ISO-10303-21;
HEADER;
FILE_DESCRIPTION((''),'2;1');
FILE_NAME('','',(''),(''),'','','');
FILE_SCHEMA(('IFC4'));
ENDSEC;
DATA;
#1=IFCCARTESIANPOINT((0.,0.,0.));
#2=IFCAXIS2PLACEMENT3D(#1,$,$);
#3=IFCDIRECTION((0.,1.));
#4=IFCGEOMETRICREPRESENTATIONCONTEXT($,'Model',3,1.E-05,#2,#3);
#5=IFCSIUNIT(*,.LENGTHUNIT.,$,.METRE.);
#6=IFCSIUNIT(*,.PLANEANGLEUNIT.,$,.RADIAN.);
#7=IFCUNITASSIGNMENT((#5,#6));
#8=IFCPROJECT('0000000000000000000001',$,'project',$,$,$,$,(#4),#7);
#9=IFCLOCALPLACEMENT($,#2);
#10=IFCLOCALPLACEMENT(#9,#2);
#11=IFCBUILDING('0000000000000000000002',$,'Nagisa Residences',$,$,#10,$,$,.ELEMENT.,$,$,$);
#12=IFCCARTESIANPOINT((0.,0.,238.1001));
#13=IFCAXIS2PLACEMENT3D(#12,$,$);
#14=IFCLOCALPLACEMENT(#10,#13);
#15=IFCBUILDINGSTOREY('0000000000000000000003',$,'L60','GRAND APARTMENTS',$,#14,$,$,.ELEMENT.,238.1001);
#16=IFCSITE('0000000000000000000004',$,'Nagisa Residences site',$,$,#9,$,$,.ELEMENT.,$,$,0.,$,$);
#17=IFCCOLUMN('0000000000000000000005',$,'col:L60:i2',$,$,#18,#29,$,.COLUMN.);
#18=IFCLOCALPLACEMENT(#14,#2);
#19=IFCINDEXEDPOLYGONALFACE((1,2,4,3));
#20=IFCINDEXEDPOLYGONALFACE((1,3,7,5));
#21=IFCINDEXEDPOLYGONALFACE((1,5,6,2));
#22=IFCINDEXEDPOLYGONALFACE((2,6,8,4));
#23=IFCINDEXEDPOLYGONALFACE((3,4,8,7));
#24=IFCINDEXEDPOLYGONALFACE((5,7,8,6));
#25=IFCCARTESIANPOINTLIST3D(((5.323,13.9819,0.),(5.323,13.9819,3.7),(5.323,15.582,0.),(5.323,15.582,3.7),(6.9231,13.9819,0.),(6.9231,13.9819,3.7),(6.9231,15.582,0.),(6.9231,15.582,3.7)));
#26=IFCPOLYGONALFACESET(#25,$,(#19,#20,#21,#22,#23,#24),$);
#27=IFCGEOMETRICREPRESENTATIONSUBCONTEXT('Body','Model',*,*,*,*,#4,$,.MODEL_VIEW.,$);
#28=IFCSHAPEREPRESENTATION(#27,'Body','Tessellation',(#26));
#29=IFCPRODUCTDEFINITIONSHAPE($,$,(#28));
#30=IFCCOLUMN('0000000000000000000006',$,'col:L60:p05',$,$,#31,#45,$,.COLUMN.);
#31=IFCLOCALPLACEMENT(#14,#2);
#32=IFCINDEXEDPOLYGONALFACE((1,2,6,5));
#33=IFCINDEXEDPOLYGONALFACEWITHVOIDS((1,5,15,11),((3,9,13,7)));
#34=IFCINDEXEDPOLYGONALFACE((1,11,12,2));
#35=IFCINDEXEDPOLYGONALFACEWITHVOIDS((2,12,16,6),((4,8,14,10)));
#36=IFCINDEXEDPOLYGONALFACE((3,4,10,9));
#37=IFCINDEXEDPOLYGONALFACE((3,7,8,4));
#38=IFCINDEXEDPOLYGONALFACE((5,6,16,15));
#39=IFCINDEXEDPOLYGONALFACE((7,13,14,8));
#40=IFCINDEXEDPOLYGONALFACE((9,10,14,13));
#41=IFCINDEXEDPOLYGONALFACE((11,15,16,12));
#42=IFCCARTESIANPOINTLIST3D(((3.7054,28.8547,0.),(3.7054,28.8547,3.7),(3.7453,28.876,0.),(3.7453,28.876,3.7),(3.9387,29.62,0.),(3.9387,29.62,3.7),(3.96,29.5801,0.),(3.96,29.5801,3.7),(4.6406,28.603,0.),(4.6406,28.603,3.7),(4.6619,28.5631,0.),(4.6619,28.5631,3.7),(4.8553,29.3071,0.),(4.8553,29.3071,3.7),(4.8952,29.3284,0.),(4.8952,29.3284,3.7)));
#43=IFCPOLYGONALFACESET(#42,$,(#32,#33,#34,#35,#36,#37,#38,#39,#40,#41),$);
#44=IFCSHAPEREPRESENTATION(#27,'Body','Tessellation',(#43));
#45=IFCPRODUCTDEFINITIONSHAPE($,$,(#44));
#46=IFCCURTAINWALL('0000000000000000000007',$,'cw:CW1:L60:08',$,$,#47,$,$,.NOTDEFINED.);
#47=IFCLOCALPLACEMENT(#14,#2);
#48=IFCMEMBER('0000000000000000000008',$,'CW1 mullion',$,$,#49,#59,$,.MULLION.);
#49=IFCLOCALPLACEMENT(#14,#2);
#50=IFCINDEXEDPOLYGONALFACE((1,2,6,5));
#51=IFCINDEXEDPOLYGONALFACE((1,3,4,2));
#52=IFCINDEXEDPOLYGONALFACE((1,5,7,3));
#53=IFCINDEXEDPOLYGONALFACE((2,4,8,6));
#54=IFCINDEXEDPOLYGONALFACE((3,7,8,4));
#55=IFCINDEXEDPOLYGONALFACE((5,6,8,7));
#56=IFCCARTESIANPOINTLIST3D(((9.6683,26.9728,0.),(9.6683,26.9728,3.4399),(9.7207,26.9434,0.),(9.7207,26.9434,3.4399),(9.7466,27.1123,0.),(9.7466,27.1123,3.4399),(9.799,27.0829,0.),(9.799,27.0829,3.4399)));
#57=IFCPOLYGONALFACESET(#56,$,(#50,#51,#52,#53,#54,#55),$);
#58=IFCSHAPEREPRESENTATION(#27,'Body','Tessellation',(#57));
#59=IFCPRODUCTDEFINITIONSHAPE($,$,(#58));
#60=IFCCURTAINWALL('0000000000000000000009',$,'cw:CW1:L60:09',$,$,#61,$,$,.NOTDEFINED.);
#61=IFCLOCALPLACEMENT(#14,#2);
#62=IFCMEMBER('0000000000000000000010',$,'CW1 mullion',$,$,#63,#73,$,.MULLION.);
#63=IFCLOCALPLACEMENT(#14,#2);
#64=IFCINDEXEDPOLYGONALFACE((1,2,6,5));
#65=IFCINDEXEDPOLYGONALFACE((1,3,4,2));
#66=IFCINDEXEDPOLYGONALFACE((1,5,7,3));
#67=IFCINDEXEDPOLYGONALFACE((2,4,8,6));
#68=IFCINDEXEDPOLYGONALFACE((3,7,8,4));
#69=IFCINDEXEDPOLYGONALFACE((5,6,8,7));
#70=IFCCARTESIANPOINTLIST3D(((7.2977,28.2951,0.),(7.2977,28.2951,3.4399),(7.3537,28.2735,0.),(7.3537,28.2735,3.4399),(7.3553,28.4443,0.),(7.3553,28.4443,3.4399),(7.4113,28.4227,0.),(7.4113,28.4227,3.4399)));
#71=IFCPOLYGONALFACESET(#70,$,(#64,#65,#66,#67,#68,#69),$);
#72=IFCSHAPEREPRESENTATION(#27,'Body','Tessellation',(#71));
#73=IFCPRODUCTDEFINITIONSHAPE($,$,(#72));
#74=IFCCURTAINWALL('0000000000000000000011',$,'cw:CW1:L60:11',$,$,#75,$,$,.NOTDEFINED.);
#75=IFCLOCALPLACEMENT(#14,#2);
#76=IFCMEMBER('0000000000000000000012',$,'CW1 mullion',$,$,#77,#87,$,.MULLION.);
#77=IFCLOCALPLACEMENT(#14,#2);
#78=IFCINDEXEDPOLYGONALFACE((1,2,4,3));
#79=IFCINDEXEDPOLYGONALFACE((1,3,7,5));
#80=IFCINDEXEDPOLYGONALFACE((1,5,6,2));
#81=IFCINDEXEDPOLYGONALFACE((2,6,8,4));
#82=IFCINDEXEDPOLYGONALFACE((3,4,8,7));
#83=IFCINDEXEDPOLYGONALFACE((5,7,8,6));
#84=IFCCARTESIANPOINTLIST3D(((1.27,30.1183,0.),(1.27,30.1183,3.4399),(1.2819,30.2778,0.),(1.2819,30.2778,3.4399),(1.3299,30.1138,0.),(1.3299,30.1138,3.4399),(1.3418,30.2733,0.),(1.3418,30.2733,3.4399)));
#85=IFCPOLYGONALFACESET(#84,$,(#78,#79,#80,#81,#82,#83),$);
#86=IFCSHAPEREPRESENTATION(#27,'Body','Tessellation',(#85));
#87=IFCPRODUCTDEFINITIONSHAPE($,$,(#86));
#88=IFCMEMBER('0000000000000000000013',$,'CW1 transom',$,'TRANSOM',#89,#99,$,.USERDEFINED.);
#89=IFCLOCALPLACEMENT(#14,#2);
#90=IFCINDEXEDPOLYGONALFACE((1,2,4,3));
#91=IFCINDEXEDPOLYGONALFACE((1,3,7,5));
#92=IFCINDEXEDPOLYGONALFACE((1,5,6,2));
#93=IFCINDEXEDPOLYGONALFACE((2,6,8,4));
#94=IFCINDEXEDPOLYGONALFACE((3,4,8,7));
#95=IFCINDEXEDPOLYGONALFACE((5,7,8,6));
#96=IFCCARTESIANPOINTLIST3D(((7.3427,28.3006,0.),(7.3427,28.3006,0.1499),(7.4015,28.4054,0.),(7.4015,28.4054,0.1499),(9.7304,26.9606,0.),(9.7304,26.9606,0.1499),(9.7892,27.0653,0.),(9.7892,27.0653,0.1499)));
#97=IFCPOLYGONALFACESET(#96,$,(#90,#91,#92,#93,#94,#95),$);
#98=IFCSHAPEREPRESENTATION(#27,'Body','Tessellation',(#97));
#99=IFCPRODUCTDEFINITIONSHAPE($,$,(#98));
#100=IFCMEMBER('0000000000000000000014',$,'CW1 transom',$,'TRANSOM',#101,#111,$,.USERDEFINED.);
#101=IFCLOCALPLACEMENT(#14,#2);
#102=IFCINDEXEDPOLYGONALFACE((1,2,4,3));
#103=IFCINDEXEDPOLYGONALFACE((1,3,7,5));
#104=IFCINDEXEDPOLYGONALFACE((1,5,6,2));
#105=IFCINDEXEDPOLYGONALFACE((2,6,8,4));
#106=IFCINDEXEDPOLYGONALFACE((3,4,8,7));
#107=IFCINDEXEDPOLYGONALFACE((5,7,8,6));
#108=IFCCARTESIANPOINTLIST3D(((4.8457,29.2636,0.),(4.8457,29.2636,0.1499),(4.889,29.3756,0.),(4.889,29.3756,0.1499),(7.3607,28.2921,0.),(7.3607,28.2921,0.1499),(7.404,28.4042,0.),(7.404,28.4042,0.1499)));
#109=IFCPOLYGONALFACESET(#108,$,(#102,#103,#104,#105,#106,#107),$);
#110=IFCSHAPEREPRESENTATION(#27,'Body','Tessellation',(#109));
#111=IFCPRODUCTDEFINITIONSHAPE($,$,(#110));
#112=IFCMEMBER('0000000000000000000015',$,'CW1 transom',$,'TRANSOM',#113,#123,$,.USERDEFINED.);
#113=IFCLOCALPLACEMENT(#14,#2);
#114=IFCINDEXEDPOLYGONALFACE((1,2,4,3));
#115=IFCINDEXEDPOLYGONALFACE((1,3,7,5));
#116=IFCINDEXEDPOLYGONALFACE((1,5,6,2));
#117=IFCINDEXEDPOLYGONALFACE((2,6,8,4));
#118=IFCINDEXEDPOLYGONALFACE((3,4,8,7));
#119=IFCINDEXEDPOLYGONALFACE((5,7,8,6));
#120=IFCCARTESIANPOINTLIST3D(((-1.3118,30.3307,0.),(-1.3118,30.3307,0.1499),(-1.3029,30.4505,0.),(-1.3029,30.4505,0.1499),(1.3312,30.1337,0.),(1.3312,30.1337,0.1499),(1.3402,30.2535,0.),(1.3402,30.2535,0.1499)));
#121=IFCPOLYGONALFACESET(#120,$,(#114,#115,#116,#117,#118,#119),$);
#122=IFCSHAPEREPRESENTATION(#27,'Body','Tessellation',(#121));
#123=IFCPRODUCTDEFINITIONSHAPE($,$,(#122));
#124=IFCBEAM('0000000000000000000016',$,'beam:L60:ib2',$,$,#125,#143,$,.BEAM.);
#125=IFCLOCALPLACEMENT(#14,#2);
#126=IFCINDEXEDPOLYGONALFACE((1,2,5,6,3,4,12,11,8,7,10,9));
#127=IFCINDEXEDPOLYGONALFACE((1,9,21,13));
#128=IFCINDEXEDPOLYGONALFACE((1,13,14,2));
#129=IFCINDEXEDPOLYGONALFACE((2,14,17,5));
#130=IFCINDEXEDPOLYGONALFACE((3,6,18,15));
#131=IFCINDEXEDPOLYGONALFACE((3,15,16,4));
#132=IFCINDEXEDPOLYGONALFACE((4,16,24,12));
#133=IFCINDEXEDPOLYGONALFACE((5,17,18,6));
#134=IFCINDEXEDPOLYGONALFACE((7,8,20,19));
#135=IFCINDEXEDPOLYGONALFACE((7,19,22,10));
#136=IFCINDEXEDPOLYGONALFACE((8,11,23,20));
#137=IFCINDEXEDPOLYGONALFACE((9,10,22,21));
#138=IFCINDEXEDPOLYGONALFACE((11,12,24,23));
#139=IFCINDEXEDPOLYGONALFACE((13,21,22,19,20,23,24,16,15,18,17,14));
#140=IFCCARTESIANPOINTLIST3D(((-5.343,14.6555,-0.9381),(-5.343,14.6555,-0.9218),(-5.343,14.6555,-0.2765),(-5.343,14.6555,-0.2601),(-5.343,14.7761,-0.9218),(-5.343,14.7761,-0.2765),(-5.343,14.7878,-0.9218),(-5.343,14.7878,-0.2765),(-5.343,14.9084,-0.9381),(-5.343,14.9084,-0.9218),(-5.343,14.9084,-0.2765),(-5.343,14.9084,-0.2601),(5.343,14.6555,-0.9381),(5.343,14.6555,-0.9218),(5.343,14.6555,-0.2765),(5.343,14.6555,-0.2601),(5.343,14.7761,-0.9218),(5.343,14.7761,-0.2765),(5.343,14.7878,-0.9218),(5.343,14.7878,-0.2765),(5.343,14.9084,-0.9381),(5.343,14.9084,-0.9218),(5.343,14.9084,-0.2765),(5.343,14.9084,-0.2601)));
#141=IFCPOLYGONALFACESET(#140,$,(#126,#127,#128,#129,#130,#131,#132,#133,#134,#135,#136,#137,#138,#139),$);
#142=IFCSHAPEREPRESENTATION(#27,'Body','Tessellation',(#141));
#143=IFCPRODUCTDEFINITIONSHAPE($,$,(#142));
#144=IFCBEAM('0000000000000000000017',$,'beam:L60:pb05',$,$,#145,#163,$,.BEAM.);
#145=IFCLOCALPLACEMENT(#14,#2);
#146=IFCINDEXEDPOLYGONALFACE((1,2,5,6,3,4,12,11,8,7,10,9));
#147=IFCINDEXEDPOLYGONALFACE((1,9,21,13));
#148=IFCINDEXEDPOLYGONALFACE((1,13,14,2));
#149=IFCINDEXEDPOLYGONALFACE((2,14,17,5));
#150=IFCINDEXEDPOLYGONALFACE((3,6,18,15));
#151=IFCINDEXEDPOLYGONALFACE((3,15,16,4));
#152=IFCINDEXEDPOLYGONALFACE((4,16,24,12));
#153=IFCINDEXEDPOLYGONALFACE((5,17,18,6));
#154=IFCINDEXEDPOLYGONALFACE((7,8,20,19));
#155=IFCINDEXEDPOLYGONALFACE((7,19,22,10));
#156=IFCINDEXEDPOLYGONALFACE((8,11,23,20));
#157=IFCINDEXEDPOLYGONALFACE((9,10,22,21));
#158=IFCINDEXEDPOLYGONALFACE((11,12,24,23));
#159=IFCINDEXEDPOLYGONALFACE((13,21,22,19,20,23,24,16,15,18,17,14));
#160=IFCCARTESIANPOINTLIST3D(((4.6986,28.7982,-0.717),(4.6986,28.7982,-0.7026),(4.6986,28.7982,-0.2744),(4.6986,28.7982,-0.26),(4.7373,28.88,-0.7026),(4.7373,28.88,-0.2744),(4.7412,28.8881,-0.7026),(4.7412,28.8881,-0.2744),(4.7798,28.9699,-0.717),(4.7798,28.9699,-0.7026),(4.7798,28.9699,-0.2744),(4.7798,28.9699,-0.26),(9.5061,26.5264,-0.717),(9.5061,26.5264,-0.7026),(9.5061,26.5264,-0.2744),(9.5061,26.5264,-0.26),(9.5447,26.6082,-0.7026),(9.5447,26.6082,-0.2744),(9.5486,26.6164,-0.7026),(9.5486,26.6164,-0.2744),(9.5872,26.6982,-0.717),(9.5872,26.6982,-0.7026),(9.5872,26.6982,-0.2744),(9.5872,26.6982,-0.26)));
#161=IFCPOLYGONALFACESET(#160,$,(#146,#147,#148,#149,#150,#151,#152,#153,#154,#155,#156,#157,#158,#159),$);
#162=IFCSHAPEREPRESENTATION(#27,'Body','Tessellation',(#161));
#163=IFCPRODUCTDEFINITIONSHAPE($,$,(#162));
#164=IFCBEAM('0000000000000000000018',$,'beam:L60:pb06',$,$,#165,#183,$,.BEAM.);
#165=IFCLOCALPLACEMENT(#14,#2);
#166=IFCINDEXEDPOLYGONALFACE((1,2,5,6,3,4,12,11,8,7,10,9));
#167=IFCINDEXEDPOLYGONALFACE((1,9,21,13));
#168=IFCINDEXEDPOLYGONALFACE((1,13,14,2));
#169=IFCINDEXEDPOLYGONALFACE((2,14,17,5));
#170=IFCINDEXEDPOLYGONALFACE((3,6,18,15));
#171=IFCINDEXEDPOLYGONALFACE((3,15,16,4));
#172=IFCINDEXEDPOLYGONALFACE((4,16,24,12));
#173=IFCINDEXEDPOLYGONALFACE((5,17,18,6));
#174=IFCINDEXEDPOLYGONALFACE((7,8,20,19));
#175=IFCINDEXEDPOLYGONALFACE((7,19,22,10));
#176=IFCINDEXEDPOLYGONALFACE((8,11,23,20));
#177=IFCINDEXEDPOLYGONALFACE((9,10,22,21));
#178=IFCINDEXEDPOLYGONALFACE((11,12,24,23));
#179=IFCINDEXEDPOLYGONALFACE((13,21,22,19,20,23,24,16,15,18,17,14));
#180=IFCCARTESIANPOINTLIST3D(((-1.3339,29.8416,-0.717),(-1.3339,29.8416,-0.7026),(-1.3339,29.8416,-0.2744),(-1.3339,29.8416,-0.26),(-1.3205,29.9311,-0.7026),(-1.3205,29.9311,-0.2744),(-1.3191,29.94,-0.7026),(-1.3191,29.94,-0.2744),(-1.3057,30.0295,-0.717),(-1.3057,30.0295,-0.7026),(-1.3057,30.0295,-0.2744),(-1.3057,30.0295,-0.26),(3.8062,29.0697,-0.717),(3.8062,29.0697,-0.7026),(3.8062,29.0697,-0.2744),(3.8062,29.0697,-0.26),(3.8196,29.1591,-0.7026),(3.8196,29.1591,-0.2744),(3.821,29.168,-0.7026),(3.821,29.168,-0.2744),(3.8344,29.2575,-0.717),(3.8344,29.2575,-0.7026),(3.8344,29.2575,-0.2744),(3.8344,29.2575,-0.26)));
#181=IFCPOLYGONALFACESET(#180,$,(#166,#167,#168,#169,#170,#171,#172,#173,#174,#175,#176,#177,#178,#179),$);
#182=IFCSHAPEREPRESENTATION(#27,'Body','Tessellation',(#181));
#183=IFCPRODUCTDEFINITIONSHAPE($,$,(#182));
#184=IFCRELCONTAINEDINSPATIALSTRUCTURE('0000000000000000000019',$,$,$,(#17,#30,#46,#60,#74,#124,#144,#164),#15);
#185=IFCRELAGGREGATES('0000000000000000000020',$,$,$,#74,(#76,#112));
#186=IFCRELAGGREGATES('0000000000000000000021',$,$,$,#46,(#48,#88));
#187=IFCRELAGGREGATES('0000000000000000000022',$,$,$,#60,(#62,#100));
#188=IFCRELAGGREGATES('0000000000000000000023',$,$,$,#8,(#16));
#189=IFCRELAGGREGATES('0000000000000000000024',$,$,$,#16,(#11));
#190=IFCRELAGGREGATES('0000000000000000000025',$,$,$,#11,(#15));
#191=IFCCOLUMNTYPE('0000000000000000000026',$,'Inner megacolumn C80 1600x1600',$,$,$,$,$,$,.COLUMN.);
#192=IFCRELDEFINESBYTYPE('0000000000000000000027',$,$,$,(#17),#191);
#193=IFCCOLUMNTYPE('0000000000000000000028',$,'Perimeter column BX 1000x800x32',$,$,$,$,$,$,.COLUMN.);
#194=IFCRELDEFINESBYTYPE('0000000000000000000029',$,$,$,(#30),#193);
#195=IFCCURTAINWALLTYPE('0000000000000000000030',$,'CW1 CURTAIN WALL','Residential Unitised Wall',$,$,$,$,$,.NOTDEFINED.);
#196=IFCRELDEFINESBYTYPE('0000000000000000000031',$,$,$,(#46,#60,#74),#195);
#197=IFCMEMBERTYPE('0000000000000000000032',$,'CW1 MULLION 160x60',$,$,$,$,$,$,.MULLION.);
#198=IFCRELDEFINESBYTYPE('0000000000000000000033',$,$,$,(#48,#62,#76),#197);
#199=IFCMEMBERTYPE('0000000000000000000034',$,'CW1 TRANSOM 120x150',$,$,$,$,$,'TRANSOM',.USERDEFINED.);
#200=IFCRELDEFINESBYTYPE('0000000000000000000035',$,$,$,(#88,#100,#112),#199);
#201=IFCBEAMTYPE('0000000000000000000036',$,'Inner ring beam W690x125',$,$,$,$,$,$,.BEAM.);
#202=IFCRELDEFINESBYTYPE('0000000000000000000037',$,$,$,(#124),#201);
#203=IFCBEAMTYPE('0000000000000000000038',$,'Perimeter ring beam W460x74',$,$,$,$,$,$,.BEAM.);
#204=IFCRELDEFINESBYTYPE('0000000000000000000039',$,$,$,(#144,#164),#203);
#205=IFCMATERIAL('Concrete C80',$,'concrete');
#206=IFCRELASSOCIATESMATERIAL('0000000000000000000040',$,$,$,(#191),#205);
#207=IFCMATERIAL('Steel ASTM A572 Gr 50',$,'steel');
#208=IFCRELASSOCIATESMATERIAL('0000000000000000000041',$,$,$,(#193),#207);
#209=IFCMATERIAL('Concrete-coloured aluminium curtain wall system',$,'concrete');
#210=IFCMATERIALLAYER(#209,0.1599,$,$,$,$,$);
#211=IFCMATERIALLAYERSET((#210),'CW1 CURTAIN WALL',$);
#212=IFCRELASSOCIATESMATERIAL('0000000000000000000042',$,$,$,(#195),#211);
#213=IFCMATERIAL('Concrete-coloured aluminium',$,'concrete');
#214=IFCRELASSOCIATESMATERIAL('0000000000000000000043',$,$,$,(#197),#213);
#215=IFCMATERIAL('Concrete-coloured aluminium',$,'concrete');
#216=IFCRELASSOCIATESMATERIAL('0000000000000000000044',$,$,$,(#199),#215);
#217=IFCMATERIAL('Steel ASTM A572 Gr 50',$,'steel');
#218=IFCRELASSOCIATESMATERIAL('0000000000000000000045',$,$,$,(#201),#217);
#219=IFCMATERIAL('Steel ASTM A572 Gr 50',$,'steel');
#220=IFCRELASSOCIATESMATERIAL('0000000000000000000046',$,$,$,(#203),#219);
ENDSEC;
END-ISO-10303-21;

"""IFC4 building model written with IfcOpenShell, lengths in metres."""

from ifc_helpers import new_model, si_unit, direction, frame, origin, origin_2d, place, context, subcontext, project, spatial, rectangle, hollow_rectangle, i_section, extrude, material, layer, layer_set, material_profile, profile_set, type_object, element, aggregate, save


model = new_model("IFC4")

# Units and contexts
model_context = context("Model", 3, precision=1e-05, world=origin(), true_north=direction((0.0, 1.0)))
body_context = subcontext(model_context, "Body", "Model", "MODEL_VIEW")
ifc_project = project(units=[si_unit("LENGTHUNIT", "METRE"), si_unit("PLANEANGLEUNIT", "RADIAN")], contexts=[model_context])

# Site, building, storey
site_placement = place(None, origin())
site = spatial("IfcSite", under=ifc_project, at=site_placement, Name="Nagisa Residences site", CompositionType="ELEMENT", RefElevation=0.0)
building_placement = place(site_placement, origin())
building = spatial("IfcBuilding", under=site, at=building_placement, Name="Nagisa Residences", CompositionType="ELEMENT")
storey_placement = place(building_placement, frame((0.0, 0.0, 238.1001)))
storey = spatial("IfcBuildingStorey", under=building, at=storey_placement, Name="L60", Description="GRAND APARTMENTS", CompositionType="ELEMENT", Elevation=238.1001)

# Columns
ifc_material_1 = material(Name="Concrete C80", Category="concrete")
ifc_material_profile_1 = material_profile(ifc_material_1, rectangle(XDim=1.6001, YDim=1.6001, at=origin_2d()), Name="C80 1600x1600")
ifc_profile_set_1 = profile_set([ifc_material_profile_1], Name="Concrete C80")
column_type_1 = type_object("IfcColumnType", Name="Inner megacolumn C80 1600x1600", PredefinedType="COLUMN", material=ifc_profile_set_1)
column_1_placement = place(storey_placement, frame((6.123, 14.782, 0.0), z_axis=(0.0, 0.0, 1.0), x_axis=(1.0, 0.0, 0.0)))
element("IfcColumn", 1, at=column_1_placement, inside=storey, type_object=column_type_1, Name="col:L60:i2", PredefinedType="COLUMN", context=body_context, shape_type="SweptSolid", body=[
    extrude(rectangle(XDim=1.6001, YDim=1.6001, at=origin_2d()), origin(), (0.0, 0.0, 1.0), 3.7),
])
ifc_material_2 = material(Name="Steel ASTM A572 Gr 50", Category="steel")
ifc_material_profile_2 = material_profile(ifc_material_2, hollow_rectangle(XDim=1.0, YDim=0.8, WallThickness=0.032, at=origin_2d()), Name="BX 1000x800x32")
ifc_profile_set_2 = profile_set([ifc_material_profile_2], Name="Steel ASTM A572 Gr 50")
column_type_2 = type_object("IfcColumnType", Name="Perimeter column BX 1000x800x32", PredefinedType="COLUMN", material=ifc_profile_set_2)
column_2_placement = place(storey_placement, frame((4.3003, 29.0916, 0.0), z_axis=(0.0, 0.0, 1.0), x_axis=(-0.956525, 0.291652, 0.0)))
element("IfcColumn", 2, at=column_2_placement, inside=storey, type_object=column_type_2, Name="col:L60:p05", PredefinedType="COLUMN", context=body_context, shape_type="SweptSolid", body=[
    extrude(hollow_rectangle(XDim=1.0, YDim=0.8, WallThickness=0.032, at=origin_2d()), origin(), (0.0, 0.0, 1.0), 3.7),
])

# Curtain walls, members
ifc_material_3 = material(Name="Concrete-coloured aluminium curtain wall system", Category="concrete")
ifc_layer_1 = layer(ifc_material_3, 0.1599)
ifc_layer_set_1 = layer_set([ifc_layer_1], Name="CW1 CURTAIN WALL")
curtain_wall_type = type_object("IfcCurtainWallType", Name="CW1 CURTAIN WALL", Description="Residential Unitised Wall", PredefinedType="NOTDEFINED", material=ifc_layer_set_1)
curtain_wall_1_placement = place(storey_placement, origin())
curtain_wall_1 = element("IfcCurtainWall", 3, at=curtain_wall_1_placement, inside=storey, type_object=curtain_wall_type, Name="cw:CW1:L60:08", PredefinedType="NOTDEFINED")
ifc_material_4 = material(Name="Concrete-coloured aluminium", Category="concrete")
ifc_material_profile_3 = material_profile(ifc_material_4, rectangle(XDim=0.1599, YDim=0.0601, at=origin_2d()), Name="CW1 MULLION 160x60")
ifc_profile_set_3 = profile_set([ifc_material_profile_3], Name="Concrete-coloured aluminium")
member_type_1 = type_object("IfcMemberType", Name="CW1 MULLION 160x60", PredefinedType="MULLION", material=ifc_profile_set_3)
member_1_placement = place(storey_placement, frame((9.7336, 27.0278, 0.0), z_axis=(0.0, 0.0, 1.0), x_axis=(-0.489377, -0.872072, 0.0)))
member_1 = element("IfcMember", 4, at=member_1_placement, type_object=member_type_1, Name="CW1 mullion", PredefinedType="MULLION", context=body_context, shape_type="SweptSolid", body=[
    extrude(rectangle(XDim=0.1599, YDim=0.0601, at=origin_2d()), origin(), (0.0, 0.0, 1.0), 3.4399),
])
curtain_wall_2_placement = place(storey_placement, origin())
curtain_wall_2 = element("IfcCurtainWall", 5, at=curtain_wall_2_placement, inside=storey, type_object=curtain_wall_type, Name="cw:CW1:L60:09", PredefinedType="NOTDEFINED")
member_2_placement = place(storey_placement, frame((7.3545, 28.3589, 0.0), z_axis=(0.0, 0.0, 1.0), x_axis=(-0.360328, -0.932826, 0.0)))
member_2 = element("IfcMember", 6, at=member_2_placement, type_object=member_type_1, Name="CW1 mullion", PredefinedType="MULLION", context=body_context, shape_type="SweptSolid", body=[
    extrude(rectangle(XDim=0.1599, YDim=0.0601, at=origin_2d()), origin(), (0.0, 0.0, 1.0), 3.4399),
])
curtain_wall_3_placement = place(storey_placement, origin())
curtain_wall_3 = element("IfcCurtainWall", 7, at=curtain_wall_3_placement, inside=storey, type_object=curtain_wall_type, Name="cw:CW1:L60:11", PredefinedType="NOTDEFINED")
member_3_placement = place(storey_placement, frame((1.3059, 30.1958, 0.0), z_axis=(0.0, 0.0, 1.0), x_axis=(-0.074377, -0.99723, 0.0)))
member_3 = element("IfcMember", 8, at=member_3_placement, type_object=member_type_1, Name="CW1 mullion", PredefinedType="MULLION", context=body_context, shape_type="SweptSolid", body=[
    extrude(rectangle(XDim=0.1599, YDim=0.0601, at=origin_2d()), origin(), (0.0, 0.0, 1.0), 3.4399),
])

# Members
ifc_material_5 = material(Name="Concrete-coloured aluminium", Category="concrete")
ifc_material_profile_4 = material_profile(ifc_material_5, rectangle(XDim=0.1201, YDim=0.1499, at=origin_2d()), Name="CW1 TRANSOM 120x150")
ifc_profile_set_4 = profile_set([ifc_material_profile_4], Name="Concrete-coloured aluminium")
member_type_2 = type_object("IfcMemberType", Name="CW1 TRANSOM 120x150", ElementType="TRANSOM", PredefinedType="USERDEFINED", material=ifc_profile_set_4)
member_4_placement = place(storey_placement, frame((9.7598, 27.0129, 0.075), z_axis=(-0.872042, 0.489431, 0.0), x_axis=(-0.489431, -0.872042, 0.0)))
member_4 = element("IfcMember", 9, at=member_4_placement, type_object=member_type_2, Name="CW1 transom", ObjectType="TRANSOM", PredefinedType="USERDEFINED", context=body_context, shape_type="SweptSolid", body=[
    extrude(rectangle(XDim=0.1201, YDim=0.1499, at=origin_2d()), origin(), (0.0, 0.0, 1.0), 2.738),
])
member_5_placement = place(storey_placement, frame((7.3823, 28.3481, 0.075), z_axis=(-0.932826, 0.360326, 0.0), x_axis=(-0.360326, -0.932826, 0.0)))
member_5 = element("IfcMember", 10, at=member_5_placement, type_object=member_type_2, Name="CW1 transom", ObjectType="TRANSOM", PredefinedType="USERDEFINED", context=body_context, shape_type="SweptSolid", body=[
    extrude(rectangle(XDim=0.1201, YDim=0.1499, at=origin_2d()), origin(), (0.0, 0.0, 1.0), 2.696),
])
member_6_placement = place(storey_placement, frame((1.3357, 30.1936, 0.075), z_axis=(-0.997233, 0.074337, 0.0), x_axis=(-0.074337, -0.997233, 0.0)))
member_6 = element("IfcMember", 11, at=member_6_placement, type_object=member_type_2, Name="CW1 transom", ObjectType="TRANSOM", PredefinedType="USERDEFINED", context=body_context, shape_type="SweptSolid", body=[
    extrude(rectangle(XDim=0.1201, YDim=0.1499, at=origin_2d()), origin(), (0.0, 0.0, 1.0), 2.6504),
])
aggregate(curtain_wall_3, [member_3, member_6])

# Beams
ifc_material_6 = material(Name="Steel ASTM A572 Gr 50", Category="steel")
ifc_material_profile_5 = material_profile(ifc_material_6, i_section(OverallWidth=0.2529, OverallDepth=0.678, WebThickness=0.0117, FlangeThickness=0.0164, at=origin_2d()), Name="W690x125")
ifc_profile_set_5 = profile_set([ifc_material_profile_5], Name="Steel ASTM A572 Gr 50")
beam_type_1 = type_object("IfcBeamType", Name="Inner ring beam W690x125", PredefinedType="BEAM", material=ifc_profile_set_5)
beam_1_placement = place(storey_placement, frame((5.343, 14.782, -0.5991), z_axis=(-1.0, 0.0, 0.0), x_axis=(0.0, -1.0, 0.0)))
element("IfcBeam", 12, at=beam_1_placement, inside=storey, type_object=beam_type_1, Name="beam:L60:ib2", PredefinedType="BEAM", context=body_context, shape_type="SweptSolid", body=[
    extrude(i_section(OverallWidth=0.2529, OverallDepth=0.678, WebThickness=0.0117, FlangeThickness=0.0164, at=origin_2d()), origin(), (0.0, 0.0, 1.0), 10.686),
])
ifc_material_7 = material(Name="Steel ASTM A572 Gr 50", Category="steel")
ifc_material_profile_6 = material_profile(ifc_material_7, i_section(OverallWidth=0.1899, OverallDepth=0.457, WebThickness=0.009, FlangeThickness=0.0144, at=origin_2d()), Name="W460x74")
ifc_profile_set_6 = profile_set([ifc_material_profile_6], Name="Steel ASTM A572 Gr 50")
beam_type_2 = type_object("IfcBeamType", Name="Perimeter ring beam W460x74", PredefinedType="BEAM", material=ifc_profile_set_6)
beam_2_placement = place(storey_placement, frame((9.5466, 26.6123, -0.4885), z_axis=(-0.904134, 0.427249, 0.0), x_axis=(-0.427249, -0.904134, 0.0)))
element("IfcBeam", 13, at=beam_2_placement, inside=storey, type_object=beam_type_2, Name="beam:L60:pb05", PredefinedType="BEAM", context=body_context, shape_type="SweptSolid", body=[
    extrude(i_section(OverallWidth=0.1899, OverallDepth=0.457, WebThickness=0.009, FlangeThickness=0.0144, at=origin_2d()), origin(), (0.0, 0.0, 1.0), 5.3171),
])
beam_3_placement = place(storey_placement, frame((3.8203, 29.1636, -0.4885), z_axis=(-0.988909, 0.14852, 0.0), x_axis=(-0.14852, -0.988909, 0.0)))
element("IfcBeam", 14, at=beam_3_placement, inside=storey, type_object=beam_type_2, Name="beam:L60:pb06", PredefinedType="BEAM", context=body_context, shape_type="SweptSolid", body=[
    extrude(i_section(OverallWidth=0.1899, OverallDepth=0.457, WebThickness=0.009, FlangeThickness=0.0144, at=origin_2d()), origin(), (0.0, 0.0, 1.0), 5.1978),
])

aggregate(curtain_wall_1, [member_1, member_4])
aggregate(curtain_wall_2, [member_2, member_5])

save(model, "model.ifc")
